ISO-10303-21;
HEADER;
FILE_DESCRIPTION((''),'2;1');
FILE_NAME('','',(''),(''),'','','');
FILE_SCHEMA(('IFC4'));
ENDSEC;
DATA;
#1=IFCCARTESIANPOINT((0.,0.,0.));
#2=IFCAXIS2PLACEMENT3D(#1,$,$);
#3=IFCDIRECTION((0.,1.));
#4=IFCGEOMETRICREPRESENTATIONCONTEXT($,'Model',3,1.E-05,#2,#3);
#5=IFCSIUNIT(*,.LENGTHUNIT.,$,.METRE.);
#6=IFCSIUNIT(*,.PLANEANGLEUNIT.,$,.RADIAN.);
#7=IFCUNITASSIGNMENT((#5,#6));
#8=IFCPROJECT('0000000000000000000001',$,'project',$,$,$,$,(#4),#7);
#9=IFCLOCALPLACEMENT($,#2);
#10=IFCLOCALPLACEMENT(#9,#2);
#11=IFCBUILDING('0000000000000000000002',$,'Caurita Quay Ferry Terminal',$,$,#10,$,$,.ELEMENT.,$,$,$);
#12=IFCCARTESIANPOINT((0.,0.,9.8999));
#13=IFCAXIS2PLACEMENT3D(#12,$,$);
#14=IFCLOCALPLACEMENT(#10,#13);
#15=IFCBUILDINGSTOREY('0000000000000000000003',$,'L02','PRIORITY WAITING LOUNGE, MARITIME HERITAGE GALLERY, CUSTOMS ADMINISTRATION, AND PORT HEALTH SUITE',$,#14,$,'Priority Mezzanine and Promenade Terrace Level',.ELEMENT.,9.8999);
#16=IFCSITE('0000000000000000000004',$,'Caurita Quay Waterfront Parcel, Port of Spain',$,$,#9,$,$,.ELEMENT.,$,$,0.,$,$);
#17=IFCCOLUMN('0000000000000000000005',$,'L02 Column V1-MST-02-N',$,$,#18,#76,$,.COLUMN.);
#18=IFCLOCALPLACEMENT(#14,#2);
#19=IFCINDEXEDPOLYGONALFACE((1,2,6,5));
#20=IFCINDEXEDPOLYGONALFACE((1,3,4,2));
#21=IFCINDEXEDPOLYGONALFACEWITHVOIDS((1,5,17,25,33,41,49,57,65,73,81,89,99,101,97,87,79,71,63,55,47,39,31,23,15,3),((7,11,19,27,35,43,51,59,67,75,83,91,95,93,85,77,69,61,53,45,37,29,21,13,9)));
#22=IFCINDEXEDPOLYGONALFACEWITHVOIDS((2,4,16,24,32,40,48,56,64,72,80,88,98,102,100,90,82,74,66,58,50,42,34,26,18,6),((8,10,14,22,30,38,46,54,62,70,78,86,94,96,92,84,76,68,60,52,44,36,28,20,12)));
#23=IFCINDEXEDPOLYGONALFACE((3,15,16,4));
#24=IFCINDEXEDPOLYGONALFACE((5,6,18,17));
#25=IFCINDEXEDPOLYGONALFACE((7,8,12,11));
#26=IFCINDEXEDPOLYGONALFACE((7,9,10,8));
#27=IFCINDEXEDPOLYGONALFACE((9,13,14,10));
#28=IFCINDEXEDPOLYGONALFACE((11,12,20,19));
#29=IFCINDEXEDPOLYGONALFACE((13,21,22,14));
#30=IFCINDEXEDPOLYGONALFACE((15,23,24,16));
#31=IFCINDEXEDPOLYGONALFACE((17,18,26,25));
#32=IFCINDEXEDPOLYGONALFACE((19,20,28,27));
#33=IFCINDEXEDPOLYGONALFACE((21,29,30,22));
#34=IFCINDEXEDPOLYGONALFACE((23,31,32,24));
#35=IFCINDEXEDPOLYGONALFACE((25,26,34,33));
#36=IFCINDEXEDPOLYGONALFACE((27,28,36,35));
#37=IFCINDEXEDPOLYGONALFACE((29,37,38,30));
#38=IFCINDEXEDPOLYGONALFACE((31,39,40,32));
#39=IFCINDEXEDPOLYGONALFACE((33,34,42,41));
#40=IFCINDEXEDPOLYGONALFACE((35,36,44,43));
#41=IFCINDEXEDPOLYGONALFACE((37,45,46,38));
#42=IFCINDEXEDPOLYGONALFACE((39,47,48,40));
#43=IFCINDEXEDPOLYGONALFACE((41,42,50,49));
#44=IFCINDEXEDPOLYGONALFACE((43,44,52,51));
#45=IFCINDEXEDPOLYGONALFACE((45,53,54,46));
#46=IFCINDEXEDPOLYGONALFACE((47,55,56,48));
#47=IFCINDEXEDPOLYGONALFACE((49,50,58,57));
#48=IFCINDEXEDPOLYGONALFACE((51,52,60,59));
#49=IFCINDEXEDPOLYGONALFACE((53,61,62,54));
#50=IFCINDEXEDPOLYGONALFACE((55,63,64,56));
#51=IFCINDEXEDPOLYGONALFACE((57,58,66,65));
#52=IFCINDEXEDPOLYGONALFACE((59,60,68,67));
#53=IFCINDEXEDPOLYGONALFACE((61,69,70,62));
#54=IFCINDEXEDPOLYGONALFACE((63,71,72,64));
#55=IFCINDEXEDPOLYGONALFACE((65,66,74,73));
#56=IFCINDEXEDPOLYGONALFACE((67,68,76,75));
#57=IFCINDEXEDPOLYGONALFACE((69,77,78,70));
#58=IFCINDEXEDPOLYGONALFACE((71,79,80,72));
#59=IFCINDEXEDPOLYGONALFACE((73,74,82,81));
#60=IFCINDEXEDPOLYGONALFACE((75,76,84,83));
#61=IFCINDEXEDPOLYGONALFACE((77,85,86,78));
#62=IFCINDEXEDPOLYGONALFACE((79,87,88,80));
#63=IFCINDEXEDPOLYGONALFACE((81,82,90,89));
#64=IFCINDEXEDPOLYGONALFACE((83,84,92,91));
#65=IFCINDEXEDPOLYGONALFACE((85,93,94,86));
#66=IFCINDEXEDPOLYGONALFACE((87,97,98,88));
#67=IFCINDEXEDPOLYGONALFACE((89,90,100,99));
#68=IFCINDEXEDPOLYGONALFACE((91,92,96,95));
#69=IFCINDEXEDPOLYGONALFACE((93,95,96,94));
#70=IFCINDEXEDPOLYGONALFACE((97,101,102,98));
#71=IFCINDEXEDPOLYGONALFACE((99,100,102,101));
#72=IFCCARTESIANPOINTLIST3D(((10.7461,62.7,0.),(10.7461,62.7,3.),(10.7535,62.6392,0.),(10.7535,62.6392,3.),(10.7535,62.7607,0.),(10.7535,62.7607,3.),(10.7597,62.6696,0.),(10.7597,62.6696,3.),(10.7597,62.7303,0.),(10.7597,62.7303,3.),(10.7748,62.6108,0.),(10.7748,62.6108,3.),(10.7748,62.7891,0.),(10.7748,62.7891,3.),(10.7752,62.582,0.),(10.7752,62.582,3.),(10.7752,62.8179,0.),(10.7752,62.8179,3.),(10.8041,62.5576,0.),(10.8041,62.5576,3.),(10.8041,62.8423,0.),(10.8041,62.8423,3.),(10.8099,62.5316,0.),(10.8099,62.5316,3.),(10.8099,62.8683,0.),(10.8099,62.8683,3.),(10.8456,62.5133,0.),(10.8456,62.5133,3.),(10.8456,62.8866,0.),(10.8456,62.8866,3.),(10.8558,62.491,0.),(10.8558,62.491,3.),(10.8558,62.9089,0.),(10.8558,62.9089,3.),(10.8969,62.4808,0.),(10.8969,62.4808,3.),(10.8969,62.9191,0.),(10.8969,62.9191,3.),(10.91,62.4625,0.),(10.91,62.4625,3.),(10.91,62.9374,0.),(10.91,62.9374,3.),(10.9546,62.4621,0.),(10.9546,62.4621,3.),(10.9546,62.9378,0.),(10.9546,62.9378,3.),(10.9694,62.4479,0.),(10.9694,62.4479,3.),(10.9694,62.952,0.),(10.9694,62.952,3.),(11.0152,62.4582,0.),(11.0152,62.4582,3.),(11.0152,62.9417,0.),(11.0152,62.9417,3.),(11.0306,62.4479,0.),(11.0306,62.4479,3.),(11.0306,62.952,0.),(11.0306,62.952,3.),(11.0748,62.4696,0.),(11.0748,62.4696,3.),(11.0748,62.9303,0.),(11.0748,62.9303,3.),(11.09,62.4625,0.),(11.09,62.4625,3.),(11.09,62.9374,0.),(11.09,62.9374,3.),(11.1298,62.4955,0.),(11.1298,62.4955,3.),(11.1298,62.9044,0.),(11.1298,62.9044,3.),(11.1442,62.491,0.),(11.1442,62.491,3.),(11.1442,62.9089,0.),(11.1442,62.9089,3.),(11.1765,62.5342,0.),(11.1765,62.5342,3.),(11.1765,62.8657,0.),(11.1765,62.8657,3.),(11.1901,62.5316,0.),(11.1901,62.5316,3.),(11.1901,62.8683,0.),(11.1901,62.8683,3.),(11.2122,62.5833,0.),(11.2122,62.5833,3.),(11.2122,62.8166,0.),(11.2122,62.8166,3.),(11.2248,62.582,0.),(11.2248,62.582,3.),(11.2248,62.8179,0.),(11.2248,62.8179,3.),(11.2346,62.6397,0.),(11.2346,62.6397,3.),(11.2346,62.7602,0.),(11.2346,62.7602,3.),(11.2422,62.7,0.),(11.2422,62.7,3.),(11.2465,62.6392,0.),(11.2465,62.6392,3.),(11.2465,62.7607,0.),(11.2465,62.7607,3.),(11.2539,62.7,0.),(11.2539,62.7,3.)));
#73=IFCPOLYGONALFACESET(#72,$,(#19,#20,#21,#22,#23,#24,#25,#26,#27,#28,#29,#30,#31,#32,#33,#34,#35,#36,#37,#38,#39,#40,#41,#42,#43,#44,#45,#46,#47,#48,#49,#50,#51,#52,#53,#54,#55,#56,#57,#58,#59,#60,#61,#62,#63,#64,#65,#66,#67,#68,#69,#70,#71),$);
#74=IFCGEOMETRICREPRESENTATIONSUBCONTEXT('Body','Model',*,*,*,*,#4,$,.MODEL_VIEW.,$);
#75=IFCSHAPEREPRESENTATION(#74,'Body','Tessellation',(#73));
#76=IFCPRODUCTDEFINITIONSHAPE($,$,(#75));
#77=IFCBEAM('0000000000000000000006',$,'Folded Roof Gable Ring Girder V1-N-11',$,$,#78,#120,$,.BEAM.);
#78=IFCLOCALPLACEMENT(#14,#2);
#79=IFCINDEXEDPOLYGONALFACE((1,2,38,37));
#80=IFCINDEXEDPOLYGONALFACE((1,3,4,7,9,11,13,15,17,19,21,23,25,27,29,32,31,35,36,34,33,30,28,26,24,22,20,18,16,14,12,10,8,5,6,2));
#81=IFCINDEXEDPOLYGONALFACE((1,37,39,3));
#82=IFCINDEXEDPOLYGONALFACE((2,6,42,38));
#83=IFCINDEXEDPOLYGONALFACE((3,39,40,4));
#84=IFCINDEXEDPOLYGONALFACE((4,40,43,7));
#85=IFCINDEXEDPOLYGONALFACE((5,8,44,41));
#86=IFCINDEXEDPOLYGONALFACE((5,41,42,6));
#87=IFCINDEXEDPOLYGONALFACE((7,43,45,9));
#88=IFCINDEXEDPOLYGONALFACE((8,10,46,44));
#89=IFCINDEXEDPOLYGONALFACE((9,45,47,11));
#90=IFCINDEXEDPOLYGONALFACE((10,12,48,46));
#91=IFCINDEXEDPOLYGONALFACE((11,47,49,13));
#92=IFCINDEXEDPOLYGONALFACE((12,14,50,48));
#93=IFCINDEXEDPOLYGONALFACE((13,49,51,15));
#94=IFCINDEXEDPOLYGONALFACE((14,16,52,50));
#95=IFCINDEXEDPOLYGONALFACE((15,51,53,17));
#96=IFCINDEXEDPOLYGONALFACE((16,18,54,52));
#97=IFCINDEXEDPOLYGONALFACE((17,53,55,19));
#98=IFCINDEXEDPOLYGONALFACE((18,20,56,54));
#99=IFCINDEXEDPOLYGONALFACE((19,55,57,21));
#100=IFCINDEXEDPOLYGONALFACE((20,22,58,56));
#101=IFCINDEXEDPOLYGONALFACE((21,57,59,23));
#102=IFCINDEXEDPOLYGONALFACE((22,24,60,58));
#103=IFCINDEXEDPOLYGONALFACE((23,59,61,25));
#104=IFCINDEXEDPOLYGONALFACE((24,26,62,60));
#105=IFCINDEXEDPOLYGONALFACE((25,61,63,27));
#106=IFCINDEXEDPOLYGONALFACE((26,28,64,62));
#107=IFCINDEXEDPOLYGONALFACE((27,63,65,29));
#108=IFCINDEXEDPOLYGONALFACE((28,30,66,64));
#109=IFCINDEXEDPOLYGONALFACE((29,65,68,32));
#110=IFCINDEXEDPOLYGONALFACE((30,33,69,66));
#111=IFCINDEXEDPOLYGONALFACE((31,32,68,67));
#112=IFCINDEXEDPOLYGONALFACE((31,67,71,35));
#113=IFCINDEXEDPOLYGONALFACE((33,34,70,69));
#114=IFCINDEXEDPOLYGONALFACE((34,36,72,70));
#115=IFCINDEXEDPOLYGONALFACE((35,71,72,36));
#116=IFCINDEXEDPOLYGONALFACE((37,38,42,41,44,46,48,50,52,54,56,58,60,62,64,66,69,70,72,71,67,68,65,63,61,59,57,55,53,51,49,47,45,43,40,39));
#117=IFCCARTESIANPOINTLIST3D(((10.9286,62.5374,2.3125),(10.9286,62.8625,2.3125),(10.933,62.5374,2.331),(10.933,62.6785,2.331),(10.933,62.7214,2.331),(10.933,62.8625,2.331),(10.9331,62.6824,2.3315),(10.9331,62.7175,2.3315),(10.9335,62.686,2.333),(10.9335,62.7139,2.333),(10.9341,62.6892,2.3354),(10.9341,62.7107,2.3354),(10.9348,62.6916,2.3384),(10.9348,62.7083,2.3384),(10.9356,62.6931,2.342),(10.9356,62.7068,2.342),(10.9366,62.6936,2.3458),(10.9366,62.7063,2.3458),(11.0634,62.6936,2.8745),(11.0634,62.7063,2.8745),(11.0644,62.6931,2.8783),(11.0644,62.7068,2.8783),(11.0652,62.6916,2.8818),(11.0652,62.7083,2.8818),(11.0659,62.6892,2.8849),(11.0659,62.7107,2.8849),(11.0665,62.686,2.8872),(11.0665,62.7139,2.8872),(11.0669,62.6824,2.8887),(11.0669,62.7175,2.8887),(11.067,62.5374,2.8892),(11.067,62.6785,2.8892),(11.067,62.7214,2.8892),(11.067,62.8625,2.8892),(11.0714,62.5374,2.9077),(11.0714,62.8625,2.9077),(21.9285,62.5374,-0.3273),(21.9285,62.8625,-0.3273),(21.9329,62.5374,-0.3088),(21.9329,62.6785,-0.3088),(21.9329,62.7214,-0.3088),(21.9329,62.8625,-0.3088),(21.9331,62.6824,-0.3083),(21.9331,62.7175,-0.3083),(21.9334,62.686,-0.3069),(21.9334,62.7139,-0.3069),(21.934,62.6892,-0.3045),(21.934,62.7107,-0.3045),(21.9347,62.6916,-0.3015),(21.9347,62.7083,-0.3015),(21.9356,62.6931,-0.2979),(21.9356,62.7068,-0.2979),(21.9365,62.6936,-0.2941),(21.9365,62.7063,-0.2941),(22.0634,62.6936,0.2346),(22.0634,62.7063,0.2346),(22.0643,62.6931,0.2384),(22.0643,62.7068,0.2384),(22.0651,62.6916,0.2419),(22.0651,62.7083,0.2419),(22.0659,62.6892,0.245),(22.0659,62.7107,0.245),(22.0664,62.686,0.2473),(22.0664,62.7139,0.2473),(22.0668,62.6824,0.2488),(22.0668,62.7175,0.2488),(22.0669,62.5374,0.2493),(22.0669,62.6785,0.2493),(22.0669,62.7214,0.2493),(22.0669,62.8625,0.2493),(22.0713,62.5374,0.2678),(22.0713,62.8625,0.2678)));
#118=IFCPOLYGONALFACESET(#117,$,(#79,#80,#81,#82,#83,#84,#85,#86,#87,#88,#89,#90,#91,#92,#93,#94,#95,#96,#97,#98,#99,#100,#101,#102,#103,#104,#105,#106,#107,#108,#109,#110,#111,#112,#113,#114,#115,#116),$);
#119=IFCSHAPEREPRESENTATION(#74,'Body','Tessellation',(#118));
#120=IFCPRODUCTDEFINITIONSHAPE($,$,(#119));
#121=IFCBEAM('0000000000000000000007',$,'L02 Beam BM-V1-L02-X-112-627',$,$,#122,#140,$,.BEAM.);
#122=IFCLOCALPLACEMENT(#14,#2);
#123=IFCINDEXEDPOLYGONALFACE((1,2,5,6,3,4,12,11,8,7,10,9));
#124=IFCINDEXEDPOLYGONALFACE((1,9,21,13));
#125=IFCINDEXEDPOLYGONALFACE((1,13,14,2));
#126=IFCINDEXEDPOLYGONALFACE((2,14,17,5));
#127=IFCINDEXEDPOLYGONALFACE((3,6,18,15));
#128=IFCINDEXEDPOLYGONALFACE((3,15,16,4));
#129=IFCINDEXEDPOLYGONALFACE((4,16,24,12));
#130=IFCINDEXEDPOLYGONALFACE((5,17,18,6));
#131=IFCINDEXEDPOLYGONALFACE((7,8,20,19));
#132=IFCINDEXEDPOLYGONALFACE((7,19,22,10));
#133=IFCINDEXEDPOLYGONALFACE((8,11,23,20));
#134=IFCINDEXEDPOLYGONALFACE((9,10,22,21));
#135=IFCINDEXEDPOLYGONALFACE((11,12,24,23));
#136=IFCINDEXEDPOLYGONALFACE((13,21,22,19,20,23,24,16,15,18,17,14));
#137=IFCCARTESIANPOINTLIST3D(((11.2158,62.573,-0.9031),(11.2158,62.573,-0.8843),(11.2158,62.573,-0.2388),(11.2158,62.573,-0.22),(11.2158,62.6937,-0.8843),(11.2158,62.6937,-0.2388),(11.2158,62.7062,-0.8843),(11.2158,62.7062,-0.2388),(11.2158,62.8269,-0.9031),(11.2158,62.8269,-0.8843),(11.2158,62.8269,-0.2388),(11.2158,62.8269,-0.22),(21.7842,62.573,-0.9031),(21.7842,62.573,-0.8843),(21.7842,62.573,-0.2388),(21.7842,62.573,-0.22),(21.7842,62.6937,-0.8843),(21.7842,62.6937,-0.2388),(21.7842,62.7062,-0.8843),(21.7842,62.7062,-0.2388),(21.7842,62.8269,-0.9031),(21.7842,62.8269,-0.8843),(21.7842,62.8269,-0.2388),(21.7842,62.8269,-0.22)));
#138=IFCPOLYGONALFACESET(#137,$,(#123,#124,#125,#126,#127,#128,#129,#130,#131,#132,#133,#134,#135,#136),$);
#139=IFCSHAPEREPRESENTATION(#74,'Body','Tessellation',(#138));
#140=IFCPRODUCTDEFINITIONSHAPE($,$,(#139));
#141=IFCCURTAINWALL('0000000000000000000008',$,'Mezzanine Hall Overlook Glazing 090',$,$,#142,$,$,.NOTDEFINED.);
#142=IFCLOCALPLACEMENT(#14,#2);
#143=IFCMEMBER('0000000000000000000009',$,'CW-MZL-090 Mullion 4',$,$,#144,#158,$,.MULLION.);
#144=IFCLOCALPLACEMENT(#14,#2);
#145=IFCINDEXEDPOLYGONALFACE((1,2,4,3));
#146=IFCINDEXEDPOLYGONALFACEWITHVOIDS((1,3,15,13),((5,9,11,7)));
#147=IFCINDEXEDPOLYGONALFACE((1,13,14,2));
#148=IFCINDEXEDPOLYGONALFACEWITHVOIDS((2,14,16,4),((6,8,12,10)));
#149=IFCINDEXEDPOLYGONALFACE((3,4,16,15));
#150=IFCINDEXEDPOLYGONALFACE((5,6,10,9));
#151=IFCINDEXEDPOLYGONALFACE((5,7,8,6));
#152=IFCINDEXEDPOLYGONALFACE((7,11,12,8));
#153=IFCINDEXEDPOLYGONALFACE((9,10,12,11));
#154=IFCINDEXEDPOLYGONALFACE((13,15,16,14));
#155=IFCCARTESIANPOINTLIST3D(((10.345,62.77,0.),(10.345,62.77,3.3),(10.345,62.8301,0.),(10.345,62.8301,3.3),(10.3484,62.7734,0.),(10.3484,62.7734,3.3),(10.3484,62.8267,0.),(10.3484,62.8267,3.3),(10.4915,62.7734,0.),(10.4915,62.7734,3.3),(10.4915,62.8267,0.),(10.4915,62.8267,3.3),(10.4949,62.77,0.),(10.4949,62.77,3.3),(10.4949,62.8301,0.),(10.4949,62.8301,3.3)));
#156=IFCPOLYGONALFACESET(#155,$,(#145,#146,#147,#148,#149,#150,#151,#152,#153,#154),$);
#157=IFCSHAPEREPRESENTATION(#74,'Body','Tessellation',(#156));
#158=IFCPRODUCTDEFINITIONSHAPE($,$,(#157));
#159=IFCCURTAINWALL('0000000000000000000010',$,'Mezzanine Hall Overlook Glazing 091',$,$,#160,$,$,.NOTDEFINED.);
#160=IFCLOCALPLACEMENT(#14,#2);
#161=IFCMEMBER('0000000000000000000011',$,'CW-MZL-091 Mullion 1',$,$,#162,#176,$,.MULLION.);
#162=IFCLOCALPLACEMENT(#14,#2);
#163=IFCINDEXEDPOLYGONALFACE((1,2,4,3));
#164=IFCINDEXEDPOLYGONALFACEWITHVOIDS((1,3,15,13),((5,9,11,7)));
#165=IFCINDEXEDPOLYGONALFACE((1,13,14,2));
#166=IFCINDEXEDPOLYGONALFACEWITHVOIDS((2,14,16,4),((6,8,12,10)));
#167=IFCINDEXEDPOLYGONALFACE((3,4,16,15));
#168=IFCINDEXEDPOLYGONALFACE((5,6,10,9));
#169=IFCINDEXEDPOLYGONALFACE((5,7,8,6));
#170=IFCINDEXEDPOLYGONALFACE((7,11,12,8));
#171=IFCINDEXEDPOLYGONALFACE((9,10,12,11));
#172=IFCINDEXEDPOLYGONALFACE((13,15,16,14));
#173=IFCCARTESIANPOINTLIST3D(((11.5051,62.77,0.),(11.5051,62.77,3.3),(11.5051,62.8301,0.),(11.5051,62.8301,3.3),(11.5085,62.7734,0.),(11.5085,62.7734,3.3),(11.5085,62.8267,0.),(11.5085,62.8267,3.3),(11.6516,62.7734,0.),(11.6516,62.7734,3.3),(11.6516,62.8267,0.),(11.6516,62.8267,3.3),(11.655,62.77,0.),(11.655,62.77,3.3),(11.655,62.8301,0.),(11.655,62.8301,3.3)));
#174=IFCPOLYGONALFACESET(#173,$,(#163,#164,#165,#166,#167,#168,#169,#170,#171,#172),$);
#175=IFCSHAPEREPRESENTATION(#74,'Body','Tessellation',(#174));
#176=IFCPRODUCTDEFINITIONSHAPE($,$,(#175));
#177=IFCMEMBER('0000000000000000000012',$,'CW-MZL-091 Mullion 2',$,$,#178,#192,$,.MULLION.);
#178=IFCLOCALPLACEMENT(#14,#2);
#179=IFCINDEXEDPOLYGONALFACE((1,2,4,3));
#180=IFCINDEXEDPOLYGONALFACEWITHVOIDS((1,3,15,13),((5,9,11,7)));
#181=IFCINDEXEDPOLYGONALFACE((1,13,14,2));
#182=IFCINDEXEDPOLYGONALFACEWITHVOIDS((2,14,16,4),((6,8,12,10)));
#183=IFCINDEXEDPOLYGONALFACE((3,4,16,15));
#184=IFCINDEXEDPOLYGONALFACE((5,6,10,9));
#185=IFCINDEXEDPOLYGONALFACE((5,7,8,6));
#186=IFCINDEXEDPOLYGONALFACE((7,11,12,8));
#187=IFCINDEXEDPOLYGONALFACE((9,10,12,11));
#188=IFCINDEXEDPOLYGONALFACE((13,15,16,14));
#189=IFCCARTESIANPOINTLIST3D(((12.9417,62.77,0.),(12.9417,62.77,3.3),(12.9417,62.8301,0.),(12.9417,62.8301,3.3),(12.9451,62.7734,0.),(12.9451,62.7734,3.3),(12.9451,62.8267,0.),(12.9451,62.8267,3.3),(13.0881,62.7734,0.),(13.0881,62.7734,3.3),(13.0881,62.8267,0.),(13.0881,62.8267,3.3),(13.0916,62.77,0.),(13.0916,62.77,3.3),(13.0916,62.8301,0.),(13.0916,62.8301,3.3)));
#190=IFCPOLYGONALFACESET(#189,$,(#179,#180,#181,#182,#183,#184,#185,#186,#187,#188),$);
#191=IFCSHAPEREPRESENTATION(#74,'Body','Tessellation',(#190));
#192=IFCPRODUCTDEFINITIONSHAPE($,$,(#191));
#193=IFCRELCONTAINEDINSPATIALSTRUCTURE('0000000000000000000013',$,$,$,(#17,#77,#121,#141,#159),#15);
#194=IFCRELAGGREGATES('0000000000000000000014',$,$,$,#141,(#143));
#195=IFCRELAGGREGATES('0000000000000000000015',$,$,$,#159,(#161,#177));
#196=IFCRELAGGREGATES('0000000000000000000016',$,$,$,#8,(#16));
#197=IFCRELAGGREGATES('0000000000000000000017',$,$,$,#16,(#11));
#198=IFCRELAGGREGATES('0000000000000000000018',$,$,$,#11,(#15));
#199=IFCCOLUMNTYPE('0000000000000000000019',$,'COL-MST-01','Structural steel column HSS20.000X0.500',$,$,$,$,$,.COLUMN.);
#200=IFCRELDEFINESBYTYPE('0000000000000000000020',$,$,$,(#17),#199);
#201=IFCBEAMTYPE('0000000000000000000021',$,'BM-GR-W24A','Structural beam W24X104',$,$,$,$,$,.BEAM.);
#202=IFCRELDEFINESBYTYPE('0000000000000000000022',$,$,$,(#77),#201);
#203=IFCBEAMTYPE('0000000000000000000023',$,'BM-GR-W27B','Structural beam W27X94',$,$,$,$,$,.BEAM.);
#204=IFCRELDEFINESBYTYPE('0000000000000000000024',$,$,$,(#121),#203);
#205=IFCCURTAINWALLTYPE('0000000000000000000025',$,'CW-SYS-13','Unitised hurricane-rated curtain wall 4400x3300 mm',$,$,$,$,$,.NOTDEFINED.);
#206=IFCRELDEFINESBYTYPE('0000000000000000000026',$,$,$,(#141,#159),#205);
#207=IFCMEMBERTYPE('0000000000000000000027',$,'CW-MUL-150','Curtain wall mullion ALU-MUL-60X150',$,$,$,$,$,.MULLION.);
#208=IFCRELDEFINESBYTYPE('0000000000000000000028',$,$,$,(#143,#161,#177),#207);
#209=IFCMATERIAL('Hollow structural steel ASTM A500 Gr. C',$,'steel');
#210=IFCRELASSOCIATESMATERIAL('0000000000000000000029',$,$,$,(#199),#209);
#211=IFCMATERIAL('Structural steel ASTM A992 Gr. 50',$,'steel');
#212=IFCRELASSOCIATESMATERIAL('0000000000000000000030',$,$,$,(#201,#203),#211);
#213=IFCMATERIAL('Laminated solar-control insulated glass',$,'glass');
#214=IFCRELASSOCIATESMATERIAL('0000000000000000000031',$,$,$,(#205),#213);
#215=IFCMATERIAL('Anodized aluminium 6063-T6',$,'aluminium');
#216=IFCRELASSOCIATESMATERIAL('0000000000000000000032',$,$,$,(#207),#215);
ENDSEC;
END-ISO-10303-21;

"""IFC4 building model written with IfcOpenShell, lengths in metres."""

from ifc_helpers import new_model, si_unit, direction, frame, origin, origin_2d, place, context, subcontext, project, spatial, hollow_rectangle, hollow_circle, i_section, extrude, material, material_profile, profile_set, type_object, element, aggregate, save


model = new_model("IFC4")

# Units and contexts
model_context = context("Model", 3, precision=1e-05, world=origin(), true_north=direction((0.0, 1.0)))
body_context = subcontext(model_context, "Body", "Model", "MODEL_VIEW")
ifc_project = project(units=[si_unit("LENGTHUNIT", "METRE"), si_unit("PLANEANGLEUNIT", "RADIAN")], contexts=[model_context])

# Site, building, storey
site_placement = place(None, origin())
site = spatial("IfcSite", under=ifc_project, at=site_placement, Name="Caurita Quay Waterfront Parcel, Port of Spain", CompositionType="ELEMENT", RefElevation=0.0)
building_placement = place(site_placement, origin())
building = spatial("IfcBuilding", under=site, at=building_placement, Name="Caurita Quay Ferry Terminal", CompositionType="ELEMENT")
storey_placement = place(building_placement, frame((0.0, 0.0, 9.8999)))
storey = spatial("IfcBuildingStorey", under=building, at=storey_placement, Name="L02", Description="PRIORITY WAITING LOUNGE, MARITIME HERITAGE GALLERY, CUSTOMS ADMINISTRATION, AND PORT HEALTH SUITE", LongName="Priority Mezzanine and Promenade Terrace Level", CompositionType="ELEMENT", Elevation=9.8999)

# Column
ifc_material_1 = material(Name="Hollow structural steel ASTM A500 Gr. C", Category="steel")
ifc_material_profile_1 = material_profile(ifc_material_1, hollow_circle(Radius=0.2539, WallThickness=0.0117, at=origin_2d()), Name="HSS20.000X0.500")
ifc_profile_set_1 = profile_set([ifc_material_profile_1], Name="Hollow structural steel ASTM A500 Gr. C")
column_type = type_object("IfcColumnType", Name="COL-MST-01", Description="Structural steel column HSS20.000X0.500", PredefinedType="COLUMN", material=ifc_profile_set_1)
column_placement = place(storey_placement, frame((11.0, 62.7, 0.0), z_axis=(0.0, 0.0, 1.0), x_axis=(1.0, 0.0, 0.0)))
element("IfcColumn", 1, at=column_placement, inside=storey, type_object=column_type, Name="L02 Column V1-MST-02-N", PredefinedType="COLUMN", context=body_context, shape_type="SweptSolid", body=[
    extrude(hollow_circle(Radius=0.2539, WallThickness=0.0117, at=origin_2d()), origin(), (0.0, 0.0, 1.0), 3.0),
])

# Beams
ifc_material_2 = material(Name="Structural steel ASTM A992 Gr. 50", Category="steel")
ifc_material_profile_2 = material_profile(ifc_material_2, i_section(OverallWidth=0.3252, OverallDepth=0.6121, WebThickness=0.0127, FlangeThickness=0.019, FilletRadius=0.0151, at=origin_2d()), Name="W24X104")
ifc_profile_set_2 = profile_set([ifc_material_profile_2], Name="Structural steel ASTM A992 Gr. 50")
beam_type_1 = type_object("IfcBeamType", Name="BM-GR-W24A", Description="Structural beam W24X104", PredefinedType="BEAM", material=ifc_profile_set_2)
beam_1_placement = place(storey_placement, frame((11.0, 62.7, 2.6101), z_axis=(0.972389, 0.0, -0.233364), x_axis=(0.0, 1.0, 0.0)))
element("IfcBeam", 2, at=beam_1_placement, inside=storey, type_object=beam_type_1, Name="Folded Roof Gable Ring Girder V1-N-11", PredefinedType="BEAM", context=body_context, shape_type="SweptSolid", body=[
    extrude(i_section(OverallWidth=0.3252, OverallDepth=0.6121, WebThickness=0.0127, FlangeThickness=0.019, FilletRadius=0.0151, at=origin_2d()), origin(), (0.0, 0.0, 1.0), 11.3123),
])
ifc_material_profile_3 = material_profile(ifc_material_2, i_section(OverallWidth=0.2539, OverallDepth=0.6831, WebThickness=0.0125, FlangeThickness=0.0188, at=origin_2d()), Name="W27X94")
ifc_profile_set_3 = profile_set([ifc_material_profile_3], Name="Structural steel ASTM A992 Gr. 50")
beam_type_2 = type_object("IfcBeamType", Name="BM-GR-W27B", Description="Structural beam W27X94", PredefinedType="BEAM", material=ifc_profile_set_3)
beam_2_placement = place(storey_placement, frame((11.2158, 62.7, -0.5615), z_axis=(1.0, 0.0, 0.0), x_axis=(0.0, 1.0, 0.0)))
element("IfcBeam", 3, at=beam_2_placement, inside=storey, type_object=beam_type_2, Name="L02 Beam BM-V1-L02-X-112-627", PredefinedType="BEAM", context=body_context, shape_type="SweptSolid", body=[
    extrude(i_section(OverallWidth=0.2539, OverallDepth=0.6831, WebThickness=0.0125, FlangeThickness=0.0188, at=origin_2d()), origin(), (0.0, 0.0, 1.0), 10.5684),
])

# Curtain wall, member
ifc_material_3 = material(Name="Laminated solar-control insulated glass", Category="glass")
curtain_wall_type_1 = type_object("IfcCurtainWallType", Name="CW-SYS-13", Description="Unitised hurricane-rated curtain wall 4400x3300 mm", PredefinedType="NOTDEFINED", material=ifc_material_3)
curtain_wall_1_placement = place(storey_placement, origin())
curtain_wall_1 = element("IfcCurtainWall", 4, at=curtain_wall_1_placement, inside=storey, type_object=curtain_wall_type_1, Name="Mezzanine Hall Overlook Glazing 090", PredefinedType="NOTDEFINED")
ifc_material_4 = material(Name="Anodized aluminium 6063-T6", Category="aluminium")
ifc_material_profile_4 = material_profile(ifc_material_4, hollow_rectangle(XDim=0.0601, YDim=0.1499, WallThickness=0.0034, at=origin_2d()), Name="ALU-MUL-60X150")
ifc_profile_set_4 = profile_set([ifc_material_profile_4], Name="Anodized aluminium 6063-T6")
member_type_1 = type_object("IfcMemberType", Name="CW-MUL-150", Description="Curtain wall mullion ALU-MUL-60X150", PredefinedType="MULLION", material=ifc_profile_set_4)
member_1_placement = place(storey_placement, frame((10.4199, 62.8, 0.0), z_axis=(0.0, 0.0, 1.0), x_axis=(0.0, 1.0, 0.0)))
member_1 = element("IfcMember", 5, at=member_1_placement, type_object=member_type_1, Name="CW-MZL-090 Mullion 4", PredefinedType="MULLION", context=body_context, shape_type="SweptSolid", body=[
    extrude(hollow_rectangle(XDim=0.0601, YDim=0.1499, WallThickness=0.0034, at=origin_2d()), origin(), (0.0, 0.0, 1.0), 3.3),
])
aggregate(curtain_wall_1, [member_1])

# Curtain wall, members
curtain_wall_2_placement = place(storey_placement, origin())
curtain_wall_2 = element("IfcCurtainWall", 6, at=curtain_wall_2_placement, inside=storey, type_object=curtain_wall_type_1, Name="Mezzanine Hall Overlook Glazing 091", PredefinedType="NOTDEFINED")
member_2_placement = place(storey_placement, frame((11.5801, 62.8, 0.0), z_axis=(0.0, 0.0, 1.0), x_axis=(0.0, 1.0, 0.0)))
member_2 = element("IfcMember", 7, at=member_2_placement, type_object=member_type_1, Name="CW-MZL-091 Mullion 1", PredefinedType="MULLION", context=body_context, shape_type="SweptSolid", body=[
    extrude(hollow_rectangle(XDim=0.0601, YDim=0.1499, WallThickness=0.0034, at=origin_2d()), origin(), (0.0, 0.0, 1.0), 3.3),
])
member_3_placement = place(storey_placement, frame((13.0166, 62.8, 0.0), z_axis=(0.0, 0.0, 1.0), x_axis=(0.0, 1.0, 0.0)))
member_3 = element("IfcMember", 8, at=member_3_placement, type_object=member_type_1, Name="CW-MZL-091 Mullion 2", PredefinedType="MULLION", context=body_context, shape_type="SweptSolid", body=[
    extrude(hollow_rectangle(XDim=0.0601, YDim=0.1499, WallThickness=0.0034, at=origin_2d()), origin(), (0.0, 0.0, 1.0), 3.3),
])

aggregate(curtain_wall_2, [member_2, member_3])

save(model, "model.ifc")
